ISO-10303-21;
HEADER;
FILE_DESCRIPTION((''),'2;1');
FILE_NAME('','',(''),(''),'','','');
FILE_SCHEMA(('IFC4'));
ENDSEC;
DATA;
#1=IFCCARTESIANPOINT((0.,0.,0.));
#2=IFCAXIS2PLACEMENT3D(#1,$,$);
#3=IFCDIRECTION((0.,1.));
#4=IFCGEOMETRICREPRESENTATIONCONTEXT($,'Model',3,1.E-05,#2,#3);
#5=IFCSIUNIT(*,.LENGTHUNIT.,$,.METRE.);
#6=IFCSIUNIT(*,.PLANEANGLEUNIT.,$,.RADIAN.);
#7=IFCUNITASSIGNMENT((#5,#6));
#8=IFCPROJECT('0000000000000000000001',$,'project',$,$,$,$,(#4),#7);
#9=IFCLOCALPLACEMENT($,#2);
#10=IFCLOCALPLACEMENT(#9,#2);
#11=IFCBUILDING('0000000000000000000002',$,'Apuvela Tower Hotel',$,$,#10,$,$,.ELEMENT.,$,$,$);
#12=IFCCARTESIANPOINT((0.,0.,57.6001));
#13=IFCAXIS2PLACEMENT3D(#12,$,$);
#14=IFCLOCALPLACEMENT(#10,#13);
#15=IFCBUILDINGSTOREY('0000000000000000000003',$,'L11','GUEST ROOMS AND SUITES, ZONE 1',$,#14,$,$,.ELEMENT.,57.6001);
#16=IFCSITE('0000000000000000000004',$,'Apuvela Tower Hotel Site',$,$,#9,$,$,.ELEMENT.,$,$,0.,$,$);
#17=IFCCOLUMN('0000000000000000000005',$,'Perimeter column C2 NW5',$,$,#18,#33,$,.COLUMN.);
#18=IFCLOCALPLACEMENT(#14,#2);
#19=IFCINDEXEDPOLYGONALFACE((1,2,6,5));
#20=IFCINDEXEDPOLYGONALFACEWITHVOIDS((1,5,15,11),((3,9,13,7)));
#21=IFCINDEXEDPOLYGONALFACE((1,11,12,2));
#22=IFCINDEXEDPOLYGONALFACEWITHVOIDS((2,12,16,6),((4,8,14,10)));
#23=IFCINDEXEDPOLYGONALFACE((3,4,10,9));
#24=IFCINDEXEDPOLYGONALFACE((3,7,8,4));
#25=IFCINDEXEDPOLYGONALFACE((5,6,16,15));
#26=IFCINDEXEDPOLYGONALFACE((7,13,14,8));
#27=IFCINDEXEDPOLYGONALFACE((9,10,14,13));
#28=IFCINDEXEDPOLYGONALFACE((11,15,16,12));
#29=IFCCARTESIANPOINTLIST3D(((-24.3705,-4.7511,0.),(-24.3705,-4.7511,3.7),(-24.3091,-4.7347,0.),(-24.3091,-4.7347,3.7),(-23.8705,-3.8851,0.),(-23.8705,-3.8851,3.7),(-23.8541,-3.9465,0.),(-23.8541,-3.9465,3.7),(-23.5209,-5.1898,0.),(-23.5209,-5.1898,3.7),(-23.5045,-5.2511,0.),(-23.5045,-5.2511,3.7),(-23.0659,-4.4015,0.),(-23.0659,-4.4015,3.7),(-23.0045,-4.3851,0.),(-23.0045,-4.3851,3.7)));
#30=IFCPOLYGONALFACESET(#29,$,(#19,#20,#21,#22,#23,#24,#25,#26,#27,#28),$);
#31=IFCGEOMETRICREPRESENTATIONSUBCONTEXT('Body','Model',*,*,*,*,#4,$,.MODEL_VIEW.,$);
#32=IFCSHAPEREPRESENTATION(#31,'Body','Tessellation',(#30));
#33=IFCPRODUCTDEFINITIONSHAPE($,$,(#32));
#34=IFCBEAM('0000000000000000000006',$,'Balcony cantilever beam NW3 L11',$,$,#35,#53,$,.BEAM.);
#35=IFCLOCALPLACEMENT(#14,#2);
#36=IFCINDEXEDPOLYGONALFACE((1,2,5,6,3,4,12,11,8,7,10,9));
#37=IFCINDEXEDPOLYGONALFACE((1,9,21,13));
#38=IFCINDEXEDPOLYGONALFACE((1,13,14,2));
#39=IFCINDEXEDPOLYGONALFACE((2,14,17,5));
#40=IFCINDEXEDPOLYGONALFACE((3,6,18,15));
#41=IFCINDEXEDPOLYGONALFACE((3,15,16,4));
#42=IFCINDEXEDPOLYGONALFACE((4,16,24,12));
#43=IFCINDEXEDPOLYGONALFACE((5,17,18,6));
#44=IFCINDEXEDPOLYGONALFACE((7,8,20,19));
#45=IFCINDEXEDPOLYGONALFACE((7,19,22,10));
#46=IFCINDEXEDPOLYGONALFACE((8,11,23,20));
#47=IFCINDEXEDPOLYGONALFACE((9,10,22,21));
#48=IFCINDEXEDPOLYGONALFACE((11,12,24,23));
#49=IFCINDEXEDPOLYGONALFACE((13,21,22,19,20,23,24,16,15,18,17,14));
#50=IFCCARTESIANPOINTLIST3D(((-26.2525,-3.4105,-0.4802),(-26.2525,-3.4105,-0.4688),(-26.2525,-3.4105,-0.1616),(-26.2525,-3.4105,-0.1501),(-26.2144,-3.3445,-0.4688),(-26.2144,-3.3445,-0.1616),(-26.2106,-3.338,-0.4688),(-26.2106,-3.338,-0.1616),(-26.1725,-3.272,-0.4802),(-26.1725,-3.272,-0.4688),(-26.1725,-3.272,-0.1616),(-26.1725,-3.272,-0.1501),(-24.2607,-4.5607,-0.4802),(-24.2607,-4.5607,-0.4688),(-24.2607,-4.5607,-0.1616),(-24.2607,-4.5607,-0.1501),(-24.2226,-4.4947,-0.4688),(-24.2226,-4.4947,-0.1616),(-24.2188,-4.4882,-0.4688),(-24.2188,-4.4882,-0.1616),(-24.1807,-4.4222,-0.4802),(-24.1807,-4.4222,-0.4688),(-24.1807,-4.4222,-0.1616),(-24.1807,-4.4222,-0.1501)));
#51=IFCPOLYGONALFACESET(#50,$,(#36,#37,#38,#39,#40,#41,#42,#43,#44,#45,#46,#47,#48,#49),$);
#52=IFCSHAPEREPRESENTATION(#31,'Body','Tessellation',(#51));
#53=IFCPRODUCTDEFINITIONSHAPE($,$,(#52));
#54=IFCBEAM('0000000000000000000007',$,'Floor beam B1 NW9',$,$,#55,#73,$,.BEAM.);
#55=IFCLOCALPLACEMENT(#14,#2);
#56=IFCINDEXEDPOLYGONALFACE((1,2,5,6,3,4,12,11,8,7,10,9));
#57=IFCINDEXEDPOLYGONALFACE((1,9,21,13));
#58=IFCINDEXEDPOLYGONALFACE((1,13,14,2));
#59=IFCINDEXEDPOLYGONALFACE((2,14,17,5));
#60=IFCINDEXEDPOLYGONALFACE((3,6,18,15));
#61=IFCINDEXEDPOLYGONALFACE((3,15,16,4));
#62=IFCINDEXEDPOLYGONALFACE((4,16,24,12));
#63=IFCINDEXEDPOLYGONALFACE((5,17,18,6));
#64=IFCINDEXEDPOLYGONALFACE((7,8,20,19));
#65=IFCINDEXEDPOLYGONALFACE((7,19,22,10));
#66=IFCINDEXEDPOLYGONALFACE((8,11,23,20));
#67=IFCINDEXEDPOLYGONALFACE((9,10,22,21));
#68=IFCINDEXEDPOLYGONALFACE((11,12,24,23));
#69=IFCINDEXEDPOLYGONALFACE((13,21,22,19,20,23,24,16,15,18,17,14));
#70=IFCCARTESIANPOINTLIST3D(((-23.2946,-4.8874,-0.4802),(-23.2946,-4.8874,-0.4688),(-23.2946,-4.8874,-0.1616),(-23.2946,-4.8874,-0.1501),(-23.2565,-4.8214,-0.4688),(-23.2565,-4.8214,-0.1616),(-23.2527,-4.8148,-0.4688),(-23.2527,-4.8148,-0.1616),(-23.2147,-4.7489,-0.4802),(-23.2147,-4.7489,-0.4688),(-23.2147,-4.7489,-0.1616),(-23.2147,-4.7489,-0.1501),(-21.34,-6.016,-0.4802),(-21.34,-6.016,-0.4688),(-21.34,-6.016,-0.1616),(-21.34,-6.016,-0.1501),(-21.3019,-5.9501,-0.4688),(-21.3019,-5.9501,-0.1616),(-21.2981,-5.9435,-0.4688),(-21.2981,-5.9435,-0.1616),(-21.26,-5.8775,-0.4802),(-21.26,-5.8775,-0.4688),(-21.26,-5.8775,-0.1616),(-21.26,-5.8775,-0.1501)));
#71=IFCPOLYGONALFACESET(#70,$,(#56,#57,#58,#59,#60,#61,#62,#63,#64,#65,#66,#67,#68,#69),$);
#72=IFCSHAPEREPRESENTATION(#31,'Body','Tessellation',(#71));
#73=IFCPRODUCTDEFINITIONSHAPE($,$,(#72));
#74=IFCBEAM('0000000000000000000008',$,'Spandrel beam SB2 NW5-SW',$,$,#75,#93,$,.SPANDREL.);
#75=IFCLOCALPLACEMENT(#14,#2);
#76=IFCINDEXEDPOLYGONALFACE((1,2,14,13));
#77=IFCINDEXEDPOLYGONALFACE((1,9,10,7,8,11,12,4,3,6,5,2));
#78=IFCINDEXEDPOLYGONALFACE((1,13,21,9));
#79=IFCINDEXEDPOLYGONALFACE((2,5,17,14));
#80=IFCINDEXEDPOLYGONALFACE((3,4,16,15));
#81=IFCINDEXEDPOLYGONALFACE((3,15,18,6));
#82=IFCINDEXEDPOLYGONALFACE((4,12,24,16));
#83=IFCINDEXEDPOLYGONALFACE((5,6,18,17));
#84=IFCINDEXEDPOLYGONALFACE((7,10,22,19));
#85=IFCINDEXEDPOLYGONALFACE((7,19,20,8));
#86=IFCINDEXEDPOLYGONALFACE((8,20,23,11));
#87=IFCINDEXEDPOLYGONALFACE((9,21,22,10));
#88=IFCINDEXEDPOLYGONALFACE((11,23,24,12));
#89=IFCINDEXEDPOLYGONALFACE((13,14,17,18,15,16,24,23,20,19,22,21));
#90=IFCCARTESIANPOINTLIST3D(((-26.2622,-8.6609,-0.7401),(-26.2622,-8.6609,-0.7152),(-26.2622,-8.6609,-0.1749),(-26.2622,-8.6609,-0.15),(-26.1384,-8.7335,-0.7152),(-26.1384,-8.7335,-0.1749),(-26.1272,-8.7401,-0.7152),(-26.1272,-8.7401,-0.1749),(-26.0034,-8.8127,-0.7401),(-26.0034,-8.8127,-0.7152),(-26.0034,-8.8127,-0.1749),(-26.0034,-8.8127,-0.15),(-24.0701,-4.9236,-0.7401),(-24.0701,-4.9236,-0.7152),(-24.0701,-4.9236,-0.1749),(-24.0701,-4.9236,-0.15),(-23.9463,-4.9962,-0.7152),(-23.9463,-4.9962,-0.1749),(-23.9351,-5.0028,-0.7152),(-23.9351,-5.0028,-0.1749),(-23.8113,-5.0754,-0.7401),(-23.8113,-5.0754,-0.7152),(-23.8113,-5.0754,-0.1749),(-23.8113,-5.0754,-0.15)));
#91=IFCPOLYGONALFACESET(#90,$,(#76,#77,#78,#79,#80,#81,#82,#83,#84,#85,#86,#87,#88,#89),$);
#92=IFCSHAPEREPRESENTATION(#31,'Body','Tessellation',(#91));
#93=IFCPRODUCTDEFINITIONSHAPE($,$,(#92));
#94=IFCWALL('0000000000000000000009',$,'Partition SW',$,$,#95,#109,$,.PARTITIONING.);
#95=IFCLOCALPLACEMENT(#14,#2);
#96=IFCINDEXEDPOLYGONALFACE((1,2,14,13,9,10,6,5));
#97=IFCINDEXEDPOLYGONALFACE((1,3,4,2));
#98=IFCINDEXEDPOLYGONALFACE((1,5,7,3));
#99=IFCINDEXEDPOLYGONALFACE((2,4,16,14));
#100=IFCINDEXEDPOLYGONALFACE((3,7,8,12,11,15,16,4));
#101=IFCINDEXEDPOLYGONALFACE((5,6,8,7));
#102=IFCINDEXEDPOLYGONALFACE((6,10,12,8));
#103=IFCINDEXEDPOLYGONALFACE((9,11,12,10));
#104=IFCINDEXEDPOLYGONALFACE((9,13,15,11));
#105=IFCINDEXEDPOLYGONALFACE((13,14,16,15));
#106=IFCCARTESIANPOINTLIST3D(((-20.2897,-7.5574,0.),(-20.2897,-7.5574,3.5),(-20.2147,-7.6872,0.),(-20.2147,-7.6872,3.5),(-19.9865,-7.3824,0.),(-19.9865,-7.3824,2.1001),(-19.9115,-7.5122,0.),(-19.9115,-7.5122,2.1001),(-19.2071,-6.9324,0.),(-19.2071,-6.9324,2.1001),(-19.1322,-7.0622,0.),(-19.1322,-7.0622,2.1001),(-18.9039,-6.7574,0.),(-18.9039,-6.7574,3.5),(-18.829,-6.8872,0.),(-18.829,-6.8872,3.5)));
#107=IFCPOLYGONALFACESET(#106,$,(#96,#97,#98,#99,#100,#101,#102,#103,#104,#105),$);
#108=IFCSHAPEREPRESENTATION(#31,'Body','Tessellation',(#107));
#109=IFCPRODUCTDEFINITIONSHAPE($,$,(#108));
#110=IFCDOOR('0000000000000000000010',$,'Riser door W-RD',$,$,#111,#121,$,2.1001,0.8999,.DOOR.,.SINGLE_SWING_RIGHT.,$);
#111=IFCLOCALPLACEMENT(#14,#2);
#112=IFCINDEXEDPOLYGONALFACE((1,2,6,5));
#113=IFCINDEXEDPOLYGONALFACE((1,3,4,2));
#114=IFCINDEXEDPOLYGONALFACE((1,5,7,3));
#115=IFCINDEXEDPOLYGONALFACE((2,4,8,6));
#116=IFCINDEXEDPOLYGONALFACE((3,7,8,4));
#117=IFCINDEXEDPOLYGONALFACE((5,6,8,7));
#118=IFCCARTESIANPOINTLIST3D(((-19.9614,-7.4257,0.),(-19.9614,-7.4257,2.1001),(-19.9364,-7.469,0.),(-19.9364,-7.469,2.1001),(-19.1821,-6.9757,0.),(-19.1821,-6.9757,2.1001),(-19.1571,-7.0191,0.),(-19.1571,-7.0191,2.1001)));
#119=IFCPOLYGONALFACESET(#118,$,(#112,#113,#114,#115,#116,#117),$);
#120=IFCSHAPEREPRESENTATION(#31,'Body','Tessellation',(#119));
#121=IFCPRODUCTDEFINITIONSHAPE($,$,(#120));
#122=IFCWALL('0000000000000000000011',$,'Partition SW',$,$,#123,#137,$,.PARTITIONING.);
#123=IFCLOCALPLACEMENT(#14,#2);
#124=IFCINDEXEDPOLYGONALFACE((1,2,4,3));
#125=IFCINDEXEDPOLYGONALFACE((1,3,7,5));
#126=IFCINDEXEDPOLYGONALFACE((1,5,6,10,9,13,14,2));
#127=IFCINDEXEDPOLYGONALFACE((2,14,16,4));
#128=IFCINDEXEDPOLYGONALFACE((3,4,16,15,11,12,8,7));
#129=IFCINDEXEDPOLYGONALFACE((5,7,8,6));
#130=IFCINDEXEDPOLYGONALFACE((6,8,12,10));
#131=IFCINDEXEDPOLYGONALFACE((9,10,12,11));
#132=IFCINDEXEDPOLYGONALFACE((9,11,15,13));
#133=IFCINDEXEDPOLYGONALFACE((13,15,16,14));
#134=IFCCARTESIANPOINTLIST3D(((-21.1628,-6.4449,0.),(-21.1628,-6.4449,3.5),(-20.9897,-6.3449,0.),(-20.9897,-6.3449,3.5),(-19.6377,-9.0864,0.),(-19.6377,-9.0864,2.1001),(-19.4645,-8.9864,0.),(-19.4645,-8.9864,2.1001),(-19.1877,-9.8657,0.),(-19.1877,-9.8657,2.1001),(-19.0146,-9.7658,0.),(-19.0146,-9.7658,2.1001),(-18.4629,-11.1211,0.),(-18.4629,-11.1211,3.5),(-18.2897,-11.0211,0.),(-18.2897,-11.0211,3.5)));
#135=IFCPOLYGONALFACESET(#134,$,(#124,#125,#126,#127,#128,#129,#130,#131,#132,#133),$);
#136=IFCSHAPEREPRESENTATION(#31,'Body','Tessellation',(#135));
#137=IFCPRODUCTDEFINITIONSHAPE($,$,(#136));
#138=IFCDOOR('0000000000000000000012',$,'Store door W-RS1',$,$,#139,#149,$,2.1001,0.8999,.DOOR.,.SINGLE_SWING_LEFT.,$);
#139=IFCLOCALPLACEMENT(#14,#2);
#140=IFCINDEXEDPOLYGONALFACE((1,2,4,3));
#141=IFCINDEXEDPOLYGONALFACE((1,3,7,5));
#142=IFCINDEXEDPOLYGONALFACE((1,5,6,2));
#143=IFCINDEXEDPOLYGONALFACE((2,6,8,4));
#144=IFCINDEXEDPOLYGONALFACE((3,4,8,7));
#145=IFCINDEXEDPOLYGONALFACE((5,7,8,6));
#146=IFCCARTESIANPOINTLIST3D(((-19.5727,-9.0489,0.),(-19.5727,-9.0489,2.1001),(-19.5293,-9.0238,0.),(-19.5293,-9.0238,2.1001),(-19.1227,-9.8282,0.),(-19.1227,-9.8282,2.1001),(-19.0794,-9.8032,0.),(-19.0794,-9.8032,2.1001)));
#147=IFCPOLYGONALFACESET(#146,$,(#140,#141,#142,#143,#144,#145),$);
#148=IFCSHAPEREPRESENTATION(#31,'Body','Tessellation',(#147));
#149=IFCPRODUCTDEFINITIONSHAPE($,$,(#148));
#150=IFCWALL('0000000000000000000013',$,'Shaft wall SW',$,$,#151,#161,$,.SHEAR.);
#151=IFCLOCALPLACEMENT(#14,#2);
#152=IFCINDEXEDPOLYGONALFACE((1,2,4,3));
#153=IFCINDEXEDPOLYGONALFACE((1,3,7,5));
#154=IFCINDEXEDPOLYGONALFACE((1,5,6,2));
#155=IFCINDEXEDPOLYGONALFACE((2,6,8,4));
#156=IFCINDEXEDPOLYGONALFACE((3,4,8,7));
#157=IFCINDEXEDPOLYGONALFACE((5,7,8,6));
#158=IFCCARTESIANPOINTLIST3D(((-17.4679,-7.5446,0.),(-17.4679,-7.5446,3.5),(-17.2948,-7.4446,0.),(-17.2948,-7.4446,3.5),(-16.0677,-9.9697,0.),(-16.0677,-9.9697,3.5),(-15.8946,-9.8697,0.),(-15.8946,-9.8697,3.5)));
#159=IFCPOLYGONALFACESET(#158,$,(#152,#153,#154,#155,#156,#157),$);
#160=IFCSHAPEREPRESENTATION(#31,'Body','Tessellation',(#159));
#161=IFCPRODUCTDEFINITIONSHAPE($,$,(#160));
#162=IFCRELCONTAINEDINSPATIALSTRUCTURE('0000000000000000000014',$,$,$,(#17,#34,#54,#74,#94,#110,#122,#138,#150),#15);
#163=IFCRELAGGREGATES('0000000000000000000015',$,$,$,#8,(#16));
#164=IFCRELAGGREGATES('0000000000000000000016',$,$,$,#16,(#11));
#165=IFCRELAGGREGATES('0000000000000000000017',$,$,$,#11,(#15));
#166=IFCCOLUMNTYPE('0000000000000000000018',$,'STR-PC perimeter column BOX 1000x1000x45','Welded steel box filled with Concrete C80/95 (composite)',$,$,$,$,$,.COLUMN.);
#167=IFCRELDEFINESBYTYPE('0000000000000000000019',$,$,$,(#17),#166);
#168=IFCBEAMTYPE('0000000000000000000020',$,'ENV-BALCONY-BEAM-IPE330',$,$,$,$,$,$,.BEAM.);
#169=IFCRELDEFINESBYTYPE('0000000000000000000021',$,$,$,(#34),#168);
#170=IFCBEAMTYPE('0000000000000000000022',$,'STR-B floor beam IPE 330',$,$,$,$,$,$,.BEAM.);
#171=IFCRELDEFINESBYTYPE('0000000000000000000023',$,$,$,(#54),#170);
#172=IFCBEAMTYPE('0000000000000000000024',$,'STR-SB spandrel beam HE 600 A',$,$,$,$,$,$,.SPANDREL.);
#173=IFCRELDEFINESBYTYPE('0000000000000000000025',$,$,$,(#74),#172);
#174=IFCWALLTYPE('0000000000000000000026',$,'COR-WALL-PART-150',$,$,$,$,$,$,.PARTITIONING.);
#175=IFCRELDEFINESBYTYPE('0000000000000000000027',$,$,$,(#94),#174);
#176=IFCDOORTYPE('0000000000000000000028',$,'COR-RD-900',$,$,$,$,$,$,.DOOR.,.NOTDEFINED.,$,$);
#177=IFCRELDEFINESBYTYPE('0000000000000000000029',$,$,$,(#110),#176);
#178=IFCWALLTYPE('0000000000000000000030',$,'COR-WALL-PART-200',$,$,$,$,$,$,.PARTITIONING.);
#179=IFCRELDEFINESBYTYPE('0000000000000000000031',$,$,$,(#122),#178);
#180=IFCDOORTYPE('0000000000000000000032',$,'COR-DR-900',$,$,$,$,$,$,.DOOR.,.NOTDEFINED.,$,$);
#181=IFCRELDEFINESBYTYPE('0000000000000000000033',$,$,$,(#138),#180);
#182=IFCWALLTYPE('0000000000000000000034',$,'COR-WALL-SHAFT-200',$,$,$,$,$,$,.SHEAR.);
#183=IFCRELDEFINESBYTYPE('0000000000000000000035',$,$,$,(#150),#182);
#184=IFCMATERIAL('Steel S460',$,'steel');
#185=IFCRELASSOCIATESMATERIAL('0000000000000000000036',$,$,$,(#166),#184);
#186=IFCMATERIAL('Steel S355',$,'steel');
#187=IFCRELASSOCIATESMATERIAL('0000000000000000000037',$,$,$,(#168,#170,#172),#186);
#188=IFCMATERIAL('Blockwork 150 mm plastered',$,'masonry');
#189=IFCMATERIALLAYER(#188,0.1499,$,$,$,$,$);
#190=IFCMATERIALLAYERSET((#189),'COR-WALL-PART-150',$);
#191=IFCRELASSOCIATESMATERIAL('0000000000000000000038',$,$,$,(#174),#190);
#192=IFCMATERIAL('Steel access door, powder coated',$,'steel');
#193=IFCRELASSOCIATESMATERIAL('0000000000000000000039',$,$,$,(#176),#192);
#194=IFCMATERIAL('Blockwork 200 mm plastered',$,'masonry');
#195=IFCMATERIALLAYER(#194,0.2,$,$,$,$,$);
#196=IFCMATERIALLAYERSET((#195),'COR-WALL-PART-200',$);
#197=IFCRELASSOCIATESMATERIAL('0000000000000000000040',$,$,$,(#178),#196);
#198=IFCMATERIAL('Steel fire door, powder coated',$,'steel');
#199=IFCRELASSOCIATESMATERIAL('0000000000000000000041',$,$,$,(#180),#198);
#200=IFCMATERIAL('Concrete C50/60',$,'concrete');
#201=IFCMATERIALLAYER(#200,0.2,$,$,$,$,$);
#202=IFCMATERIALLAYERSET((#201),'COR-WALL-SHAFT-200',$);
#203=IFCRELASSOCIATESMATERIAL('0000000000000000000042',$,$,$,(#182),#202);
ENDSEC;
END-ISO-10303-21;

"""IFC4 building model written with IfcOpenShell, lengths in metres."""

from ifc_helpers import new_model, si_unit, direction, frame, frame_2d, origin, origin_2d, place, context, subcontext, project, spatial, rectangle, hollow_rectangle, i_section, extrude, material, layer, layer_set, material_profile, profile_set, type_object, element, fill, save


model = new_model("IFC4")

# Units and contexts
model_context = context("Model", 3, precision=1e-05, world=origin(), true_north=direction((0.0, 1.0)))
body_context = subcontext(model_context, "Body", "Model", "MODEL_VIEW")
ifc_project = project(units=[si_unit("LENGTHUNIT", "METRE"), si_unit("PLANEANGLEUNIT", "RADIAN")], contexts=[model_context])

# Site, building, storey
site_placement = place(None, origin())
site = spatial("IfcSite", under=ifc_project, at=site_placement, Name="Apuvela Tower Hotel Site", CompositionType="ELEMENT", RefElevation=0.0)
building_placement = place(site_placement, origin())
building = spatial("IfcBuilding", under=site, at=building_placement, Name="Apuvela Tower Hotel", CompositionType="ELEMENT")
storey_placement = place(building_placement, frame((0.0, 0.0, 57.6001)))
storey = spatial("IfcBuildingStorey", under=building, at=storey_placement, Name="L11", Description="GUEST ROOMS AND SUITES, ZONE 1", CompositionType="ELEMENT", Elevation=57.6001)

# Column
ifc_material_1 = material(Name="Steel S460", Category="steel")
ifc_material_profile_1 = material_profile(ifc_material_1, hollow_rectangle(XDim=1.0, YDim=1.0, WallThickness=0.0449, at=origin_2d()), Name="BOX 1000x1000x45")
ifc_material_2 = material(Name="Concrete C80/95", Category="concrete")
ifc_material_profile_2 = material_profile(ifc_material_2, rectangle(XDim=0.9099, YDim=0.9099, at=origin_2d()), Name="Concrete C80/95 infill")
ifc_profile_set_1 = profile_set([ifc_material_profile_1, ifc_material_profile_2], Name="Steel S460")
column_type = type_object("IfcColumnType", Name="STR-PC perimeter column BOX 1000x1000x45", Description="Welded steel box filled with Concrete C80/95 (composite)", PredefinedType="COLUMN", material=ifc_profile_set_1)
column_placement = place(storey_placement, frame((-23.6875, -4.5681, 0.0), z_axis=(0.0, 0.0, 1.0), x_axis=(0.5, 0.866025, 0.0)))
element("IfcColumn", 1, at=column_placement, inside=storey, type_object=column_type, Name="Perimeter column C2 NW5", PredefinedType="COLUMN", context=body_context, shape_type="SweptSolid", body=[
    extrude(hollow_rectangle(XDim=1.0, YDim=1.0, WallThickness=0.0449, at=origin_2d()), origin(), (0.0, 0.0, 1.0), 3.7),
])

# Beams
ifc_material_3 = material(Name="Steel S355", Category="steel")
ifc_material_profile_3 = material_profile(ifc_material_3, i_section(OverallWidth=0.1599, OverallDepth=0.3301, WebThickness=0.0076, FlangeThickness=0.0115, at=origin_2d()), Name="IPE 330")
ifc_profile_set_2 = profile_set([ifc_material_profile_3], Name="Steel S355")
beam_type_1 = type_object("IfcBeamType", Name="ENV-BALCONY-BEAM-IPE330", PredefinedType="BEAM", material=ifc_profile_set_2)
beam_1_placement = place(storey_placement, frame((-24.2207, -4.4915, -0.3152), z_axis=(-0.865981, 0.500078, 0.0), x_axis=(-0.500078, -0.865981, 0.0)))
element("IfcBeam", 2, at=beam_1_placement, inside=storey, type_object=beam_type_1, Name="Balcony cantilever beam NW3 L11", PredefinedType="BEAM", context=body_context, shape_type="SweptSolid", body=[
    extrude(i_section(OverallWidth=0.1599, OverallDepth=0.3301, WebThickness=0.0076, FlangeThickness=0.0115, at=origin_2d()), origin(), (0.0, 0.0, 1.0), 2.3),
])
ifc_material_profile_4 = material_profile(ifc_material_3, i_section(OverallWidth=0.1599, OverallDepth=0.3301, WebThickness=0.0076, FlangeThickness=0.0115, at=origin_2d()), Name="IPE 330")
ifc_profile_set_3 = profile_set([ifc_material_profile_4], Name="Steel S355")
beam_type_2 = type_object("IfcBeamType", Name="STR-B floor beam IPE 330", PredefinedType="BEAM", material=ifc_profile_set_3)
beam_2_placement = place(storey_placement, frame((-23.2546, -4.8181, -0.3152), z_axis=(0.865991, -0.50006, 0.0), x_axis=(0.50006, 0.865991, 0.0)))
element("IfcBeam", 3, at=beam_2_placement, inside=storey, type_object=beam_type_2, Name="Floor beam B1 NW9", PredefinedType="BEAM", context=body_context, shape_type="SweptSolid", body=[
    extrude(i_section(OverallWidth=0.1599, OverallDepth=0.3301, WebThickness=0.0076, FlangeThickness=0.0115, at=origin_2d()), origin(), (0.0, 0.0, 1.0), 2.2571),
])
ifc_material_profile_5 = material_profile(ifc_material_3, i_section(OverallWidth=0.3, OverallDepth=0.5901, WebThickness=0.0129, FlangeThickness=0.0249, at=origin_2d()), Name="HE 600 A")
ifc_profile_set_4 = profile_set([ifc_material_profile_5], Name="Steel S355")
beam_type_3 = type_object("IfcBeamType", Name="STR-SB spandrel beam HE 600 A", PredefinedType="SPANDREL", material=ifc_profile_set_4)
beam_3_placement = place(storey_placement, frame((-23.9407, -4.9995, -0.4451), z_axis=(-0.505944, -0.862567, 0.0), x_axis=(0.862567, -0.505944, 0.0)))
element("IfcBeam", 4, at=beam_3_placement, inside=storey, type_object=beam_type_3, Name="Spandrel beam SB2 NW5-SW", PredefinedType="SPANDREL", context=body_context, shape_type="SweptSolid", body=[
    extrude(i_section(OverallWidth=0.3, OverallDepth=0.5901, WebThickness=0.0129, FlangeThickness=0.0249, at=origin_2d()), origin(), (0.0, 0.0, 1.0), 4.3328),
])

# Walls, openings, doors
ifc_material_4 = material(Name="Blockwork 150 mm plastered", Category="masonry")
ifc_layer_1 = layer(ifc_material_4, 0.1499)
ifc_layer_set_1 = layer_set([ifc_layer_1], Name="COR-WALL-PART-150")
wall_type_1 = type_object("IfcWallType", Name="COR-WALL-PART-150", PredefinedType="PARTITIONING", material=ifc_layer_set_1)
wall_1_placement = place(storey_placement, frame((-18.8665, -6.8223, 0.0), z_axis=(0.0, 0.0, 1.0), x_axis=(-0.866028, -0.499995, 0.0)))
wall_1 = element("IfcWall", 5, at=wall_1_placement, inside=storey, type_object=wall_type_1, Name="Partition SW", PredefinedType="PARTITIONING", context=body_context, shape_type="SweptSolid", body=[
    extrude(rectangle(XDim=1.6001, YDim=0.1499, at=frame_2d((0.8, 0.0))), origin(), (0.0, 0.0, 1.0), 3.5),
])
opening_1_placement = place(wall_1_placement, frame((0.3501, 0.0, 0.0)))
opening_1 = element("IfcOpeningElement", 6, at=opening_1_placement, cuts=wall_1, PredefinedType="OPENING", context=body_context, shape_type="SweptSolid", body=[
    extrude(rectangle(XDim=0.8999, YDim=2.1001, at=frame_2d((0.45, 1.05))), frame((0.0, 0.085, 0.0), z_axis=(0.0, -1.0, 0.0), x_axis=(1.0, 0.0, 0.0)), (0.0, 0.0, 1.0), 0.1699),
])
ifc_material_5 = material(Name="Steel access door, powder coated", Category="steel")
door_type_1 = type_object("IfcDoorType", Name="COR-RD-900", OperationType="NOTDEFINED", PredefinedType="DOOR", material=ifc_material_5)
door_1_placement = place(opening_1_placement, frame((0.8999, 0.0, 0.0), z_axis=(0.0, 0.0, 1.0), x_axis=(-1.0, 0.0, 0.0)))
door_1 = element("IfcDoor", 7, at=door_1_placement, inside=storey, type_object=door_type_1, Name="Riser door W-RD", OperationType="SINGLE_SWING_RIGHT", OverallHeight=2.1001, OverallWidth=0.8999, PredefinedType="DOOR", context=body_context, shape_type="SweptSolid", body=[
    extrude(rectangle(XDim=0.8999, YDim=2.1001, at=frame_2d((0.45, 1.05))), frame((0.0, 0.0249, 0.0), z_axis=(0.0, -1.0, 0.0), x_axis=(1.0, 0.0, 0.0)), (0.0, 0.0, 1.0), 0.05),
])
fill(opening_1, door_1)
ifc_material_6 = material(Name="Blockwork 200 mm plastered", Category="masonry")
ifc_layer_2 = layer(ifc_material_6, 0.2)
ifc_layer_set_2 = layer_set([ifc_layer_2], Name="COR-WALL-PART-200")
wall_type_2 = type_object("IfcWallType", Name="COR-WALL-PART-200", PredefinedType="PARTITIONING", material=ifc_layer_set_2)
wall_2_placement = place(storey_placement, frame((-21.0762, -6.395, 0.0), z_axis=(0.0, 0.0, 1.0), x_axis=(0.500015, -0.866017, 0.0)))
wall_2 = element("IfcWall", 8, at=wall_2_placement, inside=storey, type_object=wall_type_2, Name="Partition SW", PredefinedType="PARTITIONING", context=body_context, shape_type="SweptSolid", body=[
    extrude(rectangle(XDim=5.3997, YDim=0.2, at=frame_2d((2.6997, 0.0))), origin(), (0.0, 0.0, 1.0), 3.5),
])
opening_2_placement = place(wall_2_placement, frame((3.05, 0.0, 0.0)))
opening_2 = element("IfcOpeningElement", 9, at=opening_2_placement, cuts=wall_2, PredefinedType="OPENING", context=body_context, shape_type="SweptSolid", body=[
    extrude(rectangle(XDim=0.8999, YDim=2.1001, at=frame_2d((0.45, 1.05))), frame((0.0, 0.1099, 0.0), z_axis=(0.0, -1.0, 0.0), x_axis=(1.0, 0.0, 0.0)), (0.0, 0.0, 1.0), 0.22),
])
ifc_material_7 = material(Name="Steel fire door, powder coated", Category="steel")
door_type_2 = type_object("IfcDoorType", Name="COR-DR-900", OperationType="NOTDEFINED", PredefinedType="DOOR", material=ifc_material_7)
door_2_placement = place(opening_2_placement, frame((0.8999, 0.0, 0.0), z_axis=(0.0, 0.0, 1.0), x_axis=(-1.0, 0.0, 0.0)))
door_2 = element("IfcDoor", 10, at=door_2_placement, inside=storey, type_object=door_type_2, Name="Store door W-RS1", OperationType="SINGLE_SWING_LEFT", OverallHeight=2.1001, OverallWidth=0.8999, PredefinedType="DOOR", context=body_context, shape_type="SweptSolid", body=[
    extrude(rectangle(XDim=0.8999, YDim=2.1001, at=frame_2d((0.45, 1.05))), frame((0.0, 0.0249, 0.0), z_axis=(0.0, -1.0, 0.0), x_axis=(1.0, 0.0, 0.0)), (0.0, 0.0, 1.0), 0.05),
])
fill(opening_2, door_2)

# Wall
ifc_material_8 = material(Name="Concrete C50/60", Category="concrete")
ifc_layer_3 = layer(ifc_material_8, 0.2)
ifc_layer_set_3 = layer_set([ifc_layer_3], Name="COR-WALL-SHAFT-200")
wall_type_3 = type_object("IfcWallType", Name="COR-WALL-SHAFT-200", PredefinedType="SHEAR", material=ifc_layer_set_3)
wall_3_placement = place(storey_placement, frame((-17.3813, -7.4946, 0.0), z_axis=(0.0, 0.0, 1.0), x_axis=(0.500012, -0.866019, 0.0)))
element("IfcWall", 11, at=wall_3_placement, inside=storey, type_object=wall_type_3, Name="Shaft wall SW", PredefinedType="SHEAR", context=body_context, shape_type="SweptSolid", body=[
    extrude(rectangle(XDim=2.8003, YDim=0.2, at=frame_2d((1.4001, 0.0))), origin(), (0.0, 0.0, 1.0), 3.5),
])

save(model, "model.ifc")
